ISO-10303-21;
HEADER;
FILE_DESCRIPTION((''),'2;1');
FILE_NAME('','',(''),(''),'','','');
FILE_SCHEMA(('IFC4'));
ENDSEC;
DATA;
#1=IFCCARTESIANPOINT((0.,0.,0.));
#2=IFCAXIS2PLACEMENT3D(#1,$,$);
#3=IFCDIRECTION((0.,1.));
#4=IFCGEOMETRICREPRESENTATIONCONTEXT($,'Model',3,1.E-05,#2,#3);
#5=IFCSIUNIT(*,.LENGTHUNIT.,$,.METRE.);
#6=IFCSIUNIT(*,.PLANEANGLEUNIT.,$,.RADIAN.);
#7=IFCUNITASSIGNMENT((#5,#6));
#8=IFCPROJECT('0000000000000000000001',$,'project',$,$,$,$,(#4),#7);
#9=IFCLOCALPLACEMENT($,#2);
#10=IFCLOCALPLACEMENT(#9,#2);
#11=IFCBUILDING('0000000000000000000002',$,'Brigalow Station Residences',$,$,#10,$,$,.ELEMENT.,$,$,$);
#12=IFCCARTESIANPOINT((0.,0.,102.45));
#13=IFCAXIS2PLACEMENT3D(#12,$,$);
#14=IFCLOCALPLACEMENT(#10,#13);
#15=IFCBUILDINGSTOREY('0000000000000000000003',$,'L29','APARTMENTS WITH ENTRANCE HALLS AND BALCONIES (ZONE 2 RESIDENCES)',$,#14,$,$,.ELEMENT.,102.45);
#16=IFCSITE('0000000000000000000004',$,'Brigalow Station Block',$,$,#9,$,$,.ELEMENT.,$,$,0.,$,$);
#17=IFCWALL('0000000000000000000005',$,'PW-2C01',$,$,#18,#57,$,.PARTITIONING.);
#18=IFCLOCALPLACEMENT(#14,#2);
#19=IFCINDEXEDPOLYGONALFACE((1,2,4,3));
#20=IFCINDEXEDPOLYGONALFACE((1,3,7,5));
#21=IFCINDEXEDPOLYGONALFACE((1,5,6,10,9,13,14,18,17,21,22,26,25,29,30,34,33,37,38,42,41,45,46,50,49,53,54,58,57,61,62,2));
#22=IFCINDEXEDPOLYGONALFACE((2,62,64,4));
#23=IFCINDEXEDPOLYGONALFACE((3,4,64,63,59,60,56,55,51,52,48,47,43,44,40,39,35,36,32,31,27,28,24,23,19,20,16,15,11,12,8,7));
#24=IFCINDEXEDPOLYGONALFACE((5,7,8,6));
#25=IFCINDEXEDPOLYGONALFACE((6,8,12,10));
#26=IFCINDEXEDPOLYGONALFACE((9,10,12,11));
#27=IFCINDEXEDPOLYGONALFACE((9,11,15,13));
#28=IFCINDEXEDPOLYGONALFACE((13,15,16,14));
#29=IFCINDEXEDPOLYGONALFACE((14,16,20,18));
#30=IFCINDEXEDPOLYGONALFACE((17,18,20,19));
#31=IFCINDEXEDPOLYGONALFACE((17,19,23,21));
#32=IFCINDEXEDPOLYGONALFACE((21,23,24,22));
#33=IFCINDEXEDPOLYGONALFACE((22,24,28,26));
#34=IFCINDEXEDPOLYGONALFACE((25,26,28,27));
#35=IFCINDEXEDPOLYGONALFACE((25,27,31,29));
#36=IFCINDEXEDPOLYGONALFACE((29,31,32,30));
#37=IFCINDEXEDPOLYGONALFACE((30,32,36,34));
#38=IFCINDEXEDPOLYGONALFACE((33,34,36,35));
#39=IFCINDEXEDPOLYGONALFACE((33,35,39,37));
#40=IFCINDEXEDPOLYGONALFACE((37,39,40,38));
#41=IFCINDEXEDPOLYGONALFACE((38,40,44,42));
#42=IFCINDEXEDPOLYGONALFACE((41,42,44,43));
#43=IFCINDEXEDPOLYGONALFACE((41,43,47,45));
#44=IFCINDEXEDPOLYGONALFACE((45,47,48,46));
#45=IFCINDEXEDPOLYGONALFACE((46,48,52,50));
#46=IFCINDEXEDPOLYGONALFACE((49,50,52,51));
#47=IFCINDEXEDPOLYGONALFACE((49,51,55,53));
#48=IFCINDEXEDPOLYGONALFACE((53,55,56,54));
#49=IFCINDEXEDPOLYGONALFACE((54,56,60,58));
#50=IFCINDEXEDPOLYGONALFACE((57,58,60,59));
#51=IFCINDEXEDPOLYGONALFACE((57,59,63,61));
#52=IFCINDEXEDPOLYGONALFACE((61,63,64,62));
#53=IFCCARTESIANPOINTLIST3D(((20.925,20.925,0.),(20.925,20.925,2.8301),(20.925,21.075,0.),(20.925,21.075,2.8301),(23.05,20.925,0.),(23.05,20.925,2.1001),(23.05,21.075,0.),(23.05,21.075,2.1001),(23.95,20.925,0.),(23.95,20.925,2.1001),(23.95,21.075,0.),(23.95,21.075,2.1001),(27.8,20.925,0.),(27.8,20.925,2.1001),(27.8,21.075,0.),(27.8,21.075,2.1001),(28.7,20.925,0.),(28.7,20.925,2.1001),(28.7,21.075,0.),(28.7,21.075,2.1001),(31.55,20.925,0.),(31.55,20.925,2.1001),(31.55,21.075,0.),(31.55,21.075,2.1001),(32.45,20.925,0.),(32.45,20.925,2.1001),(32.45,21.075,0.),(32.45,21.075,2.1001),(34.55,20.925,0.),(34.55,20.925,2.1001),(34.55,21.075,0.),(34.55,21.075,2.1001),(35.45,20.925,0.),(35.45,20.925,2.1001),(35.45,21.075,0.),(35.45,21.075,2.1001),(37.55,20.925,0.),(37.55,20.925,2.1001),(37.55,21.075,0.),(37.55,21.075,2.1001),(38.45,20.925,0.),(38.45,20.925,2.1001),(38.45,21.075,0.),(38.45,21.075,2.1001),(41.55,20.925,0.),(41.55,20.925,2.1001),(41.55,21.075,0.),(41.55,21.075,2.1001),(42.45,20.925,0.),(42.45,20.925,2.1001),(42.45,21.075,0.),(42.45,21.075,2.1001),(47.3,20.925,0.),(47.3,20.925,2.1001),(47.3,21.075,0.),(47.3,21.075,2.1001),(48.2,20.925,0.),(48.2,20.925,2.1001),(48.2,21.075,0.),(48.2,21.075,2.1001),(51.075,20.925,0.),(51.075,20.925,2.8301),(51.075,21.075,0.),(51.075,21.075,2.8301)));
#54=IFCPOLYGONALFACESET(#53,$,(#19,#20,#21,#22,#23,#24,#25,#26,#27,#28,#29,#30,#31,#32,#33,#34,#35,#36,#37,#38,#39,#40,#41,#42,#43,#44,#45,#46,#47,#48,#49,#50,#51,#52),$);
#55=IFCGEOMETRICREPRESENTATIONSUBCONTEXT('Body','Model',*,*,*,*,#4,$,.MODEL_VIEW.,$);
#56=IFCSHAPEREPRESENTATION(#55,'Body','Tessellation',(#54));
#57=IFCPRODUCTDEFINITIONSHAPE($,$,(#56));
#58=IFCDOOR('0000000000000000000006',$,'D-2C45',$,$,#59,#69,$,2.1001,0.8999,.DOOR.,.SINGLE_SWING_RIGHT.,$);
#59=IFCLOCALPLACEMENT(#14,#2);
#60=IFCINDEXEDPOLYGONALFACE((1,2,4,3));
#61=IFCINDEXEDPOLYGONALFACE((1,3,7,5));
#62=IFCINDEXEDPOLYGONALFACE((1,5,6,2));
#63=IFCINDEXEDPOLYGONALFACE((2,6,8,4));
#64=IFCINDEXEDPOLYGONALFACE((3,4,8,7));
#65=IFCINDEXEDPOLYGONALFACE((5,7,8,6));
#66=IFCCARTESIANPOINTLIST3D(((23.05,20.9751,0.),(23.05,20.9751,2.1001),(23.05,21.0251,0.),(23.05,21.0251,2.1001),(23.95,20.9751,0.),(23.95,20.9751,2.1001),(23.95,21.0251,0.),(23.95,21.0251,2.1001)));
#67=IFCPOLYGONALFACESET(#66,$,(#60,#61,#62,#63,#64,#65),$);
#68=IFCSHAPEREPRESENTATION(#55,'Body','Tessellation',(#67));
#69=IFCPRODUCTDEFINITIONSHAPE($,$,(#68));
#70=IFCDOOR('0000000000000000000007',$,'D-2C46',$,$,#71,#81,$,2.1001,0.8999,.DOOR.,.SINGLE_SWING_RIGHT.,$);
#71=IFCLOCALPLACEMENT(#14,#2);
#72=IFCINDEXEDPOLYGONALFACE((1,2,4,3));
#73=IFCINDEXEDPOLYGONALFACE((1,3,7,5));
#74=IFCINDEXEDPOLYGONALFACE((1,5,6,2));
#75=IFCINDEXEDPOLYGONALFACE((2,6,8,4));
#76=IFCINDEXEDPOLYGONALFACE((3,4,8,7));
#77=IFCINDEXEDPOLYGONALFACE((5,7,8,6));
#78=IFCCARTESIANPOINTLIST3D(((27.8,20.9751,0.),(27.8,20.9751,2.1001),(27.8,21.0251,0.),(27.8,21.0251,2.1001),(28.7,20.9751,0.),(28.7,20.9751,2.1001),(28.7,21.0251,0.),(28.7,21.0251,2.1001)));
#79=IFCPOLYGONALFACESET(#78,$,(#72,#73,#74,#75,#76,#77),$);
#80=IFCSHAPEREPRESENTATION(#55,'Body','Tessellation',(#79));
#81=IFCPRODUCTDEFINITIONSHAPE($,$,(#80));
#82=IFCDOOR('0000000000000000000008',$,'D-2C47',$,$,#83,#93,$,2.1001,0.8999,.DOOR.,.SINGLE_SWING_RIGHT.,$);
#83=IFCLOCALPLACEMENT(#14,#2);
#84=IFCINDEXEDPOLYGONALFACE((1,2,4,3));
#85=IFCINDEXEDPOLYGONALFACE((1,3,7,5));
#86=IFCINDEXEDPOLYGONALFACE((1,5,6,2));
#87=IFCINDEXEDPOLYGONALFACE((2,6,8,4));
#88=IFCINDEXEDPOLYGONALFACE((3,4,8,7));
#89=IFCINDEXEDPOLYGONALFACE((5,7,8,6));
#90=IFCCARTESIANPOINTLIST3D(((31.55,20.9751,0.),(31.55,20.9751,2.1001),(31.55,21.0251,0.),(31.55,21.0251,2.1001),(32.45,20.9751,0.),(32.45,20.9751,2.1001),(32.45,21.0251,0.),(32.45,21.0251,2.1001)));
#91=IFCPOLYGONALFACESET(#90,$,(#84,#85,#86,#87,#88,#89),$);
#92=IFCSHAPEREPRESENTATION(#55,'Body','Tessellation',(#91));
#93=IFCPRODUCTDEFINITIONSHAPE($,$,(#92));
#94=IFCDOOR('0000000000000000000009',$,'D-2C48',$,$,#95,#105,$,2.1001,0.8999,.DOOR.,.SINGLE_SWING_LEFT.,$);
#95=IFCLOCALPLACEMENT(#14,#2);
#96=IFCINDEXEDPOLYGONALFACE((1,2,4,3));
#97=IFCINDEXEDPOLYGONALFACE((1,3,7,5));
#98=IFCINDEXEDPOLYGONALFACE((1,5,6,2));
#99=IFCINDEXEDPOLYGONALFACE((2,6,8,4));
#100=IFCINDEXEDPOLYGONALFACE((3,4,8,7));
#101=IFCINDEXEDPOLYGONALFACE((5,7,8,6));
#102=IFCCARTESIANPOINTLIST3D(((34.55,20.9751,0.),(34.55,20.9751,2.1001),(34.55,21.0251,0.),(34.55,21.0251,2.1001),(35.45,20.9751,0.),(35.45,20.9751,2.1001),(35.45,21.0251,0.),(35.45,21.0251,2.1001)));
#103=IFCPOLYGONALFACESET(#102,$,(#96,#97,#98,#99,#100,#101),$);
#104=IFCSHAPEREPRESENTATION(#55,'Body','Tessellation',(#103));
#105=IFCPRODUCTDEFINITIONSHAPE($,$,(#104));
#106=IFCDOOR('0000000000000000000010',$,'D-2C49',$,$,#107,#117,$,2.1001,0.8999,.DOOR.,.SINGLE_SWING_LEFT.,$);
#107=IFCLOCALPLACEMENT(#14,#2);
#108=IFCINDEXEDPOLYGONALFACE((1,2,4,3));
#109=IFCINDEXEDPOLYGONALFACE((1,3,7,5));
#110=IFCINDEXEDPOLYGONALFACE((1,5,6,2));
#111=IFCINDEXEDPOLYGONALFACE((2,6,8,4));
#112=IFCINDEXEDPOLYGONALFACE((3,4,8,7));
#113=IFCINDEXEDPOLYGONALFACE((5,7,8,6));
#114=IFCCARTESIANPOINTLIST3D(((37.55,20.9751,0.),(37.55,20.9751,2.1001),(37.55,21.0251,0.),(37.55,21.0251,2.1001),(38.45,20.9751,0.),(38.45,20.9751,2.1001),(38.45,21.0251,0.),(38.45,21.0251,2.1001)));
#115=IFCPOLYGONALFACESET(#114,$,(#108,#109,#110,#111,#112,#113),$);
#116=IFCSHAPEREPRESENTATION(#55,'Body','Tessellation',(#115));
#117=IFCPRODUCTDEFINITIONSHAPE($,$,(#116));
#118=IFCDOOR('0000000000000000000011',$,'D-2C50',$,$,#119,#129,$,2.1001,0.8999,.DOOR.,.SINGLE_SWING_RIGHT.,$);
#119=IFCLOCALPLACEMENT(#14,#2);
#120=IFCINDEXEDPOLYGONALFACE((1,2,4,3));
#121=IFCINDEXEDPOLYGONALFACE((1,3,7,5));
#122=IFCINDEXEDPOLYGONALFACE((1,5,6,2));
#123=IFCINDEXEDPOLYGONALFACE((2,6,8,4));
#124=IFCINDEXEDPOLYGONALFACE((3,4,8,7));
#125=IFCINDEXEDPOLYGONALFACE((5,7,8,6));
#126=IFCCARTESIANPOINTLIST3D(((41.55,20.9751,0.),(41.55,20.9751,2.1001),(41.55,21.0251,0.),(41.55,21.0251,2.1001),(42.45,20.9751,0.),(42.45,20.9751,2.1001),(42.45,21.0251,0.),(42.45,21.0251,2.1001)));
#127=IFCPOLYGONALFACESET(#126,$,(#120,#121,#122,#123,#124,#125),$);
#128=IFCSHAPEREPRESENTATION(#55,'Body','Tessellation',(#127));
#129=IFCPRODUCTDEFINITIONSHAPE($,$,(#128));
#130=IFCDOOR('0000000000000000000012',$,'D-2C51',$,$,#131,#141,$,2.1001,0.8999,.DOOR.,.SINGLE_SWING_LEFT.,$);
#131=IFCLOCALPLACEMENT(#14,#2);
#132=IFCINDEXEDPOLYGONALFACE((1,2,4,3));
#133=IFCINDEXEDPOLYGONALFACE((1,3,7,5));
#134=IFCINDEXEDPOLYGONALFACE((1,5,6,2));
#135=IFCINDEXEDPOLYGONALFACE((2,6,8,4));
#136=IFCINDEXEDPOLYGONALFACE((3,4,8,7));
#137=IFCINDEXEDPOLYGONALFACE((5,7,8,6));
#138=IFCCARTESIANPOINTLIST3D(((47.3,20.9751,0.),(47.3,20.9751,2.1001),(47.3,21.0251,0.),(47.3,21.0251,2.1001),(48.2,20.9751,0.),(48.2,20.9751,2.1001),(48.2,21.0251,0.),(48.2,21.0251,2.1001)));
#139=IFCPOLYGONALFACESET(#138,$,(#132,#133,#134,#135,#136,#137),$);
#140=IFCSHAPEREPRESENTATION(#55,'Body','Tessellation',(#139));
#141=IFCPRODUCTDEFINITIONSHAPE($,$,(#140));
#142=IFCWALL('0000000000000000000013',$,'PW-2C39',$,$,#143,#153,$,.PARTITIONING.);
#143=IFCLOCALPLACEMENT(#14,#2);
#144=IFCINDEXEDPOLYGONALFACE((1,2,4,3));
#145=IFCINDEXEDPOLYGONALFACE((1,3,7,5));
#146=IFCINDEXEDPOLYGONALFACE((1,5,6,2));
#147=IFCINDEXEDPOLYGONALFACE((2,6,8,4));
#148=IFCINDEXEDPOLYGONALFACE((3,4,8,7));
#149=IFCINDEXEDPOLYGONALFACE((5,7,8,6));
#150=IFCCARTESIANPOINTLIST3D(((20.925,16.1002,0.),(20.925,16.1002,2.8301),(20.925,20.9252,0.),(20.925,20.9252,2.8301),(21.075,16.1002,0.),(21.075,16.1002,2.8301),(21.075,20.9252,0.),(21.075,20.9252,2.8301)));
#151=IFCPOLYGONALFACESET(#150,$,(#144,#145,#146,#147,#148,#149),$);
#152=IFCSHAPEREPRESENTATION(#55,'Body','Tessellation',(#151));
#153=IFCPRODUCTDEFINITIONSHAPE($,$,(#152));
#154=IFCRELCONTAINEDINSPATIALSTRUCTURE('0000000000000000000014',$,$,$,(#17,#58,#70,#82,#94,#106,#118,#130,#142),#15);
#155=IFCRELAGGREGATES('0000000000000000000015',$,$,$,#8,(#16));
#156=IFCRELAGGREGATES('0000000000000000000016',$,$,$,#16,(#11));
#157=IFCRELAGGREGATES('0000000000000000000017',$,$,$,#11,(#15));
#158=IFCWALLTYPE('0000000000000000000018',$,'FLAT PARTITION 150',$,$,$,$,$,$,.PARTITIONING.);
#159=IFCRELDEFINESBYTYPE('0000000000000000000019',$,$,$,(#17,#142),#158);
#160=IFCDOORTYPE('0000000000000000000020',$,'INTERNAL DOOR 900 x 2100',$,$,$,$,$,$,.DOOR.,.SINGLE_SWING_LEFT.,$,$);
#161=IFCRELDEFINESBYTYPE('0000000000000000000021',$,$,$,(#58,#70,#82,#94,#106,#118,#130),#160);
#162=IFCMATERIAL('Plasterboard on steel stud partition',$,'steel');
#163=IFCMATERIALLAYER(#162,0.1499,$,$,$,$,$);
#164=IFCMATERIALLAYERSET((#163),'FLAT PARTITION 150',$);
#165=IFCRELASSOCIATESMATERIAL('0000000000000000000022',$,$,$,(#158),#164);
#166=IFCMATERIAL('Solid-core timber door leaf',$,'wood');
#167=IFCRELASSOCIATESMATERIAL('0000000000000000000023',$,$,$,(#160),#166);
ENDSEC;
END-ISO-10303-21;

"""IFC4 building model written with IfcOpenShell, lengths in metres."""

from ifc_helpers import new_model, si_unit, direction, frame, frame_2d, origin, place, context, subcontext, project, spatial, rectangle, extrude, material, layer, layer_set, type_object, element, fill, save


model = new_model("IFC4")

# Units and contexts
model_context = context("Model", 3, precision=1e-05, world=origin(), true_north=direction((0.0, 1.0)))
body_context = subcontext(model_context, "Body", "Model", "MODEL_VIEW")
ifc_project = project(units=[si_unit("LENGTHUNIT", "METRE"), si_unit("PLANEANGLEUNIT", "RADIAN")], contexts=[model_context])

# Site, building, storey
site_placement = place(None, origin())
site = spatial("IfcSite", under=ifc_project, at=site_placement, Name="Brigalow Station Block", CompositionType="ELEMENT", RefElevation=0.0)
building_placement = place(site_placement, origin())
building = spatial("IfcBuilding", under=site, at=building_placement, Name="Brigalow Station Residences", CompositionType="ELEMENT")
storey_placement = place(building_placement, frame((0.0, 0.0, 102.45)))
storey = spatial("IfcBuildingStorey", under=building, at=storey_placement, Name="L29", Description="APARTMENTS WITH ENTRANCE HALLS AND BALCONIES (ZONE 2 RESIDENCES)", CompositionType="ELEMENT", Elevation=102.45)

# Wall, openings, doors
ifc_material_1 = material(Name="Plasterboard on steel stud partition", Category="steel")
ifc_layer_1 = layer(ifc_material_1, 0.1499)
ifc_layer_set_1 = layer_set([ifc_layer_1], Name="FLAT PARTITION 150")
wall_type_1 = type_object("IfcWallType", Name="FLAT PARTITION 150", PredefinedType="PARTITIONING", material=ifc_layer_set_1)
wall_1_placement = place(storey_placement, frame((20.925, 21.0, 0.0), z_axis=(0.0, 0.0, 1.0), x_axis=(1.0, 0.0, 0.0)))
wall_1 = element("IfcWall", 1, at=wall_1_placement, inside=storey, type_object=wall_type_1, Name="PW-2C01", PredefinedType="PARTITIONING", context=body_context, shape_type="SweptSolid", body=[
    extrude(rectangle(XDim=30.1499, YDim=0.1499, at=frame_2d((15.075, 0.0))), origin(), (0.0, 0.0, 1.0), 2.8301),
])
opening_1_placement = place(wall_1_placement, frame((2.125, 0.0, 0.0)))
opening_1 = element("IfcOpeningElement", 2, at=opening_1_placement, cuts=wall_1, PredefinedType="OPENING", context=body_context, shape_type="SweptSolid", body=[
    extrude(rectangle(XDim=0.8999, YDim=2.1001, at=frame_2d((0.45, 1.05))), frame((0.0, 0.085, 0.0), z_axis=(0.0, -1.0, 0.0), x_axis=(1.0, 0.0, 0.0)), (0.0, 0.0, 1.0), 0.1699),
])
opening_2_placement = place(wall_1_placement, frame((6.875, 0.0, 0.0)))
opening_2 = element("IfcOpeningElement", 3, at=opening_2_placement, cuts=wall_1, PredefinedType="OPENING", context=body_context, shape_type="SweptSolid", body=[
    extrude(rectangle(XDim=0.8999, YDim=2.1001, at=frame_2d((0.45, 1.05))), frame((0.0, 0.085, 0.0), z_axis=(0.0, -1.0, 0.0), x_axis=(1.0, 0.0, 0.0)), (0.0, 0.0, 1.0), 0.1699),
])
opening_3_placement = place(wall_1_placement, frame((10.625, 0.0, 0.0)))
opening_3 = element("IfcOpeningElement", 4, at=opening_3_placement, cuts=wall_1, PredefinedType="OPENING", context=body_context, shape_type="SweptSolid", body=[
    extrude(rectangle(XDim=0.8999, YDim=2.1001, at=frame_2d((0.45, 1.05))), frame((0.0, 0.085, 0.0), z_axis=(0.0, -1.0, 0.0), x_axis=(1.0, 0.0, 0.0)), (0.0, 0.0, 1.0), 0.1699),
])
opening_4_placement = place(wall_1_placement, frame((13.625, 0.0, 0.0)))
opening_4 = element("IfcOpeningElement", 5, at=opening_4_placement, cuts=wall_1, PredefinedType="OPENING", context=body_context, shape_type="SweptSolid", body=[
    extrude(rectangle(XDim=0.8999, YDim=2.1001, at=frame_2d((0.45, 1.05))), frame((0.0, 0.085, 0.0), z_axis=(0.0, -1.0, 0.0), x_axis=(1.0, 0.0, 0.0)), (0.0, 0.0, 1.0), 0.1699),
])
opening_5_placement = place(wall_1_placement, frame((16.625, 0.0, 0.0)))
opening_5 = element("IfcOpeningElement", 6, at=opening_5_placement, cuts=wall_1, PredefinedType="OPENING", context=body_context, shape_type="SweptSolid", body=[
    extrude(rectangle(XDim=0.8999, YDim=2.1001, at=frame_2d((0.45, 1.05))), frame((0.0, 0.085, 0.0), z_axis=(0.0, -1.0, 0.0), x_axis=(1.0, 0.0, 0.0)), (0.0, 0.0, 1.0), 0.1699),
])
opening_6_placement = place(wall_1_placement, frame((20.625, 0.0, 0.0)))
opening_6 = element("IfcOpeningElement", 7, at=opening_6_placement, cuts=wall_1, PredefinedType="OPENING", context=body_context, shape_type="SweptSolid", body=[
    extrude(rectangle(XDim=0.8999, YDim=2.1001, at=frame_2d((0.45, 1.05))), frame((0.0, 0.085, 0.0), z_axis=(0.0, -1.0, 0.0), x_axis=(1.0, 0.0, 0.0)), (0.0, 0.0, 1.0), 0.1699),
])
opening_7_placement = place(wall_1_placement, frame((26.375, 0.0, 0.0)))
opening_7 = element("IfcOpeningElement", 8, at=opening_7_placement, cuts=wall_1, PredefinedType="OPENING", context=body_context, shape_type="SweptSolid", body=[
    extrude(rectangle(XDim=0.8999, YDim=2.1001, at=frame_2d((0.45, 1.05))), frame((0.0, 0.085, 0.0), z_axis=(0.0, -1.0, 0.0), x_axis=(1.0, 0.0, 0.0)), (0.0, 0.0, 1.0), 0.1699),
])
ifc_material_2 = material(Name="Solid-core timber door leaf", Category="wood")
door_type_1 = type_object("IfcDoorType", Name="INTERNAL DOOR 900 x 2100", OperationType="SINGLE_SWING_LEFT", PredefinedType="DOOR", material=ifc_material_2)
door_1_placement = place(opening_1_placement, frame((0.8999, 0.0, 0.0), z_axis=(0.0, 0.0, 1.0), x_axis=(-1.0, 0.0, 0.0)))
door_1 = element("IfcDoor", 9, at=door_1_placement, inside=storey, type_object=door_type_1, Name="D-2C45", OperationType="SINGLE_SWING_RIGHT", OverallHeight=2.1001, OverallWidth=0.8999, PredefinedType="DOOR", context=body_context, shape_type="SweptSolid", body=[
    extrude(rectangle(XDim=0.8999, YDim=2.1001, at=frame_2d((0.45, 1.05))), frame((0.0, 0.0249, 0.0), z_axis=(0.0, -1.0, 0.0), x_axis=(1.0, 0.0, 0.0)), (0.0, 0.0, 1.0), 0.05),
])
fill(opening_1, door_1)
door_2_placement = place(opening_2_placement, frame((0.8999, 0.0, 0.0), z_axis=(0.0, 0.0, 1.0), x_axis=(-1.0, 0.0, 0.0)))
door_2 = element("IfcDoor", 10, at=door_2_placement, inside=storey, type_object=door_type_1, Name="D-2C46", OperationType="SINGLE_SWING_RIGHT", OverallHeight=2.1001, OverallWidth=0.8999, PredefinedType="DOOR", context=body_context, shape_type="SweptSolid", body=[
    extrude(rectangle(XDim=0.8999, YDim=2.1001, at=frame_2d((0.45, 1.05))), frame((0.0, 0.0249, 0.0), z_axis=(0.0, -1.0, 0.0), x_axis=(1.0, 0.0, 0.0)), (0.0, 0.0, 1.0), 0.05),
])
fill(opening_2, door_2)
door_3_placement = place(opening_3_placement, frame((0.8999, 0.0, 0.0), z_axis=(0.0, 0.0, 1.0), x_axis=(-1.0, 0.0, 0.0)))
door_3 = element("IfcDoor", 11, at=door_3_placement, inside=storey, type_object=door_type_1, Name="D-2C47", OperationType="SINGLE_SWING_RIGHT", OverallHeight=2.1001, OverallWidth=0.8999, PredefinedType="DOOR", context=body_context, shape_type="SweptSolid", body=[
    extrude(rectangle(XDim=0.8999, YDim=2.1001, at=frame_2d((0.45, 1.05))), frame((0.0, 0.0249, 0.0), z_axis=(0.0, -1.0, 0.0), x_axis=(1.0, 0.0, 0.0)), (0.0, 0.0, 1.0), 0.05),
])
fill(opening_3, door_3)
door_4_placement = place(opening_4_placement, frame((0.8999, 0.0, 0.0), z_axis=(0.0, 0.0, 1.0), x_axis=(-1.0, 0.0, 0.0)))
door_4 = element("IfcDoor", 12, at=door_4_placement, inside=storey, type_object=door_type_1, Name="D-2C48", OperationType="SINGLE_SWING_LEFT", OverallHeight=2.1001, OverallWidth=0.8999, PredefinedType="DOOR", context=body_context, shape_type="SweptSolid", body=[
    extrude(rectangle(XDim=0.8999, YDim=2.1001, at=frame_2d((0.45, 1.05))), frame((0.0, 0.0249, 0.0), z_axis=(0.0, -1.0, 0.0), x_axis=(1.0, 0.0, 0.0)), (0.0, 0.0, 1.0), 0.05),
])
fill(opening_4, door_4)
door_5_placement = place(opening_5_placement, frame((0.8999, 0.0, 0.0), z_axis=(0.0, 0.0, 1.0), x_axis=(-1.0, 0.0, 0.0)))
door_5 = element("IfcDoor", 13, at=door_5_placement, inside=storey, type_object=door_type_1, Name="D-2C49", OperationType="SINGLE_SWING_LEFT", OverallHeight=2.1001, OverallWidth=0.8999, PredefinedType="DOOR", context=body_context, shape_type="SweptSolid", body=[
    extrude(rectangle(XDim=0.8999, YDim=2.1001, at=frame_2d((0.45, 1.05))), frame((0.0, 0.0249, 0.0), z_axis=(0.0, -1.0, 0.0), x_axis=(1.0, 0.0, 0.0)), (0.0, 0.0, 1.0), 0.05),
])
fill(opening_5, door_5)
door_6_placement = place(opening_6_placement, frame((0.8999, 0.0, 0.0), z_axis=(0.0, 0.0, 1.0), x_axis=(-1.0, 0.0, 0.0)))
door_6 = element("IfcDoor", 14, at=door_6_placement, inside=storey, type_object=door_type_1, Name="D-2C50", OperationType="SINGLE_SWING_RIGHT", OverallHeight=2.1001, OverallWidth=0.8999, PredefinedType="DOOR", context=body_context, shape_type="SweptSolid", body=[
    extrude(rectangle(XDim=0.8999, YDim=2.1001, at=frame_2d((0.45, 1.05))), frame((0.0, 0.0249, 0.0), z_axis=(0.0, -1.0, 0.0), x_axis=(1.0, 0.0, 0.0)), (0.0, 0.0, 1.0), 0.05),
])
fill(opening_6, door_6)
door_7_placement = place(opening_7_placement, frame((0.8999, 0.0, 0.0), z_axis=(0.0, 0.0, 1.0), x_axis=(-1.0, 0.0, 0.0)))
door_7 = element("IfcDoor", 15, at=door_7_placement, inside=storey, type_object=door_type_1, Name="D-2C51", OperationType="SINGLE_SWING_LEFT", OverallHeight=2.1001, OverallWidth=0.8999, PredefinedType="DOOR", context=body_context, shape_type="SweptSolid", body=[
    extrude(rectangle(XDim=0.8999, YDim=2.1001, at=frame_2d((0.45, 1.05))), frame((0.0, 0.0249, 0.0), z_axis=(0.0, -1.0, 0.0), x_axis=(1.0, 0.0, 0.0)), (0.0, 0.0, 1.0), 0.05),
])
fill(opening_7, door_7)

# Wall
wall_2_placement = place(storey_placement, frame((21.0, 16.1001, 0.0), z_axis=(0.0, 0.0, 1.0), x_axis=(0.0, 1.0, 0.0)))
element("IfcWall", 16, at=wall_2_placement, inside=storey, type_object=wall_type_1, Name="PW-2C39", PredefinedType="PARTITIONING", context=body_context, shape_type="SweptSolid", body=[
    extrude(rectangle(XDim=4.825, YDim=0.1499, at=frame_2d((2.4126, 0.0))), origin(), (0.0, 0.0, 1.0), 2.8301),
])

save(model, "model.ifc")
